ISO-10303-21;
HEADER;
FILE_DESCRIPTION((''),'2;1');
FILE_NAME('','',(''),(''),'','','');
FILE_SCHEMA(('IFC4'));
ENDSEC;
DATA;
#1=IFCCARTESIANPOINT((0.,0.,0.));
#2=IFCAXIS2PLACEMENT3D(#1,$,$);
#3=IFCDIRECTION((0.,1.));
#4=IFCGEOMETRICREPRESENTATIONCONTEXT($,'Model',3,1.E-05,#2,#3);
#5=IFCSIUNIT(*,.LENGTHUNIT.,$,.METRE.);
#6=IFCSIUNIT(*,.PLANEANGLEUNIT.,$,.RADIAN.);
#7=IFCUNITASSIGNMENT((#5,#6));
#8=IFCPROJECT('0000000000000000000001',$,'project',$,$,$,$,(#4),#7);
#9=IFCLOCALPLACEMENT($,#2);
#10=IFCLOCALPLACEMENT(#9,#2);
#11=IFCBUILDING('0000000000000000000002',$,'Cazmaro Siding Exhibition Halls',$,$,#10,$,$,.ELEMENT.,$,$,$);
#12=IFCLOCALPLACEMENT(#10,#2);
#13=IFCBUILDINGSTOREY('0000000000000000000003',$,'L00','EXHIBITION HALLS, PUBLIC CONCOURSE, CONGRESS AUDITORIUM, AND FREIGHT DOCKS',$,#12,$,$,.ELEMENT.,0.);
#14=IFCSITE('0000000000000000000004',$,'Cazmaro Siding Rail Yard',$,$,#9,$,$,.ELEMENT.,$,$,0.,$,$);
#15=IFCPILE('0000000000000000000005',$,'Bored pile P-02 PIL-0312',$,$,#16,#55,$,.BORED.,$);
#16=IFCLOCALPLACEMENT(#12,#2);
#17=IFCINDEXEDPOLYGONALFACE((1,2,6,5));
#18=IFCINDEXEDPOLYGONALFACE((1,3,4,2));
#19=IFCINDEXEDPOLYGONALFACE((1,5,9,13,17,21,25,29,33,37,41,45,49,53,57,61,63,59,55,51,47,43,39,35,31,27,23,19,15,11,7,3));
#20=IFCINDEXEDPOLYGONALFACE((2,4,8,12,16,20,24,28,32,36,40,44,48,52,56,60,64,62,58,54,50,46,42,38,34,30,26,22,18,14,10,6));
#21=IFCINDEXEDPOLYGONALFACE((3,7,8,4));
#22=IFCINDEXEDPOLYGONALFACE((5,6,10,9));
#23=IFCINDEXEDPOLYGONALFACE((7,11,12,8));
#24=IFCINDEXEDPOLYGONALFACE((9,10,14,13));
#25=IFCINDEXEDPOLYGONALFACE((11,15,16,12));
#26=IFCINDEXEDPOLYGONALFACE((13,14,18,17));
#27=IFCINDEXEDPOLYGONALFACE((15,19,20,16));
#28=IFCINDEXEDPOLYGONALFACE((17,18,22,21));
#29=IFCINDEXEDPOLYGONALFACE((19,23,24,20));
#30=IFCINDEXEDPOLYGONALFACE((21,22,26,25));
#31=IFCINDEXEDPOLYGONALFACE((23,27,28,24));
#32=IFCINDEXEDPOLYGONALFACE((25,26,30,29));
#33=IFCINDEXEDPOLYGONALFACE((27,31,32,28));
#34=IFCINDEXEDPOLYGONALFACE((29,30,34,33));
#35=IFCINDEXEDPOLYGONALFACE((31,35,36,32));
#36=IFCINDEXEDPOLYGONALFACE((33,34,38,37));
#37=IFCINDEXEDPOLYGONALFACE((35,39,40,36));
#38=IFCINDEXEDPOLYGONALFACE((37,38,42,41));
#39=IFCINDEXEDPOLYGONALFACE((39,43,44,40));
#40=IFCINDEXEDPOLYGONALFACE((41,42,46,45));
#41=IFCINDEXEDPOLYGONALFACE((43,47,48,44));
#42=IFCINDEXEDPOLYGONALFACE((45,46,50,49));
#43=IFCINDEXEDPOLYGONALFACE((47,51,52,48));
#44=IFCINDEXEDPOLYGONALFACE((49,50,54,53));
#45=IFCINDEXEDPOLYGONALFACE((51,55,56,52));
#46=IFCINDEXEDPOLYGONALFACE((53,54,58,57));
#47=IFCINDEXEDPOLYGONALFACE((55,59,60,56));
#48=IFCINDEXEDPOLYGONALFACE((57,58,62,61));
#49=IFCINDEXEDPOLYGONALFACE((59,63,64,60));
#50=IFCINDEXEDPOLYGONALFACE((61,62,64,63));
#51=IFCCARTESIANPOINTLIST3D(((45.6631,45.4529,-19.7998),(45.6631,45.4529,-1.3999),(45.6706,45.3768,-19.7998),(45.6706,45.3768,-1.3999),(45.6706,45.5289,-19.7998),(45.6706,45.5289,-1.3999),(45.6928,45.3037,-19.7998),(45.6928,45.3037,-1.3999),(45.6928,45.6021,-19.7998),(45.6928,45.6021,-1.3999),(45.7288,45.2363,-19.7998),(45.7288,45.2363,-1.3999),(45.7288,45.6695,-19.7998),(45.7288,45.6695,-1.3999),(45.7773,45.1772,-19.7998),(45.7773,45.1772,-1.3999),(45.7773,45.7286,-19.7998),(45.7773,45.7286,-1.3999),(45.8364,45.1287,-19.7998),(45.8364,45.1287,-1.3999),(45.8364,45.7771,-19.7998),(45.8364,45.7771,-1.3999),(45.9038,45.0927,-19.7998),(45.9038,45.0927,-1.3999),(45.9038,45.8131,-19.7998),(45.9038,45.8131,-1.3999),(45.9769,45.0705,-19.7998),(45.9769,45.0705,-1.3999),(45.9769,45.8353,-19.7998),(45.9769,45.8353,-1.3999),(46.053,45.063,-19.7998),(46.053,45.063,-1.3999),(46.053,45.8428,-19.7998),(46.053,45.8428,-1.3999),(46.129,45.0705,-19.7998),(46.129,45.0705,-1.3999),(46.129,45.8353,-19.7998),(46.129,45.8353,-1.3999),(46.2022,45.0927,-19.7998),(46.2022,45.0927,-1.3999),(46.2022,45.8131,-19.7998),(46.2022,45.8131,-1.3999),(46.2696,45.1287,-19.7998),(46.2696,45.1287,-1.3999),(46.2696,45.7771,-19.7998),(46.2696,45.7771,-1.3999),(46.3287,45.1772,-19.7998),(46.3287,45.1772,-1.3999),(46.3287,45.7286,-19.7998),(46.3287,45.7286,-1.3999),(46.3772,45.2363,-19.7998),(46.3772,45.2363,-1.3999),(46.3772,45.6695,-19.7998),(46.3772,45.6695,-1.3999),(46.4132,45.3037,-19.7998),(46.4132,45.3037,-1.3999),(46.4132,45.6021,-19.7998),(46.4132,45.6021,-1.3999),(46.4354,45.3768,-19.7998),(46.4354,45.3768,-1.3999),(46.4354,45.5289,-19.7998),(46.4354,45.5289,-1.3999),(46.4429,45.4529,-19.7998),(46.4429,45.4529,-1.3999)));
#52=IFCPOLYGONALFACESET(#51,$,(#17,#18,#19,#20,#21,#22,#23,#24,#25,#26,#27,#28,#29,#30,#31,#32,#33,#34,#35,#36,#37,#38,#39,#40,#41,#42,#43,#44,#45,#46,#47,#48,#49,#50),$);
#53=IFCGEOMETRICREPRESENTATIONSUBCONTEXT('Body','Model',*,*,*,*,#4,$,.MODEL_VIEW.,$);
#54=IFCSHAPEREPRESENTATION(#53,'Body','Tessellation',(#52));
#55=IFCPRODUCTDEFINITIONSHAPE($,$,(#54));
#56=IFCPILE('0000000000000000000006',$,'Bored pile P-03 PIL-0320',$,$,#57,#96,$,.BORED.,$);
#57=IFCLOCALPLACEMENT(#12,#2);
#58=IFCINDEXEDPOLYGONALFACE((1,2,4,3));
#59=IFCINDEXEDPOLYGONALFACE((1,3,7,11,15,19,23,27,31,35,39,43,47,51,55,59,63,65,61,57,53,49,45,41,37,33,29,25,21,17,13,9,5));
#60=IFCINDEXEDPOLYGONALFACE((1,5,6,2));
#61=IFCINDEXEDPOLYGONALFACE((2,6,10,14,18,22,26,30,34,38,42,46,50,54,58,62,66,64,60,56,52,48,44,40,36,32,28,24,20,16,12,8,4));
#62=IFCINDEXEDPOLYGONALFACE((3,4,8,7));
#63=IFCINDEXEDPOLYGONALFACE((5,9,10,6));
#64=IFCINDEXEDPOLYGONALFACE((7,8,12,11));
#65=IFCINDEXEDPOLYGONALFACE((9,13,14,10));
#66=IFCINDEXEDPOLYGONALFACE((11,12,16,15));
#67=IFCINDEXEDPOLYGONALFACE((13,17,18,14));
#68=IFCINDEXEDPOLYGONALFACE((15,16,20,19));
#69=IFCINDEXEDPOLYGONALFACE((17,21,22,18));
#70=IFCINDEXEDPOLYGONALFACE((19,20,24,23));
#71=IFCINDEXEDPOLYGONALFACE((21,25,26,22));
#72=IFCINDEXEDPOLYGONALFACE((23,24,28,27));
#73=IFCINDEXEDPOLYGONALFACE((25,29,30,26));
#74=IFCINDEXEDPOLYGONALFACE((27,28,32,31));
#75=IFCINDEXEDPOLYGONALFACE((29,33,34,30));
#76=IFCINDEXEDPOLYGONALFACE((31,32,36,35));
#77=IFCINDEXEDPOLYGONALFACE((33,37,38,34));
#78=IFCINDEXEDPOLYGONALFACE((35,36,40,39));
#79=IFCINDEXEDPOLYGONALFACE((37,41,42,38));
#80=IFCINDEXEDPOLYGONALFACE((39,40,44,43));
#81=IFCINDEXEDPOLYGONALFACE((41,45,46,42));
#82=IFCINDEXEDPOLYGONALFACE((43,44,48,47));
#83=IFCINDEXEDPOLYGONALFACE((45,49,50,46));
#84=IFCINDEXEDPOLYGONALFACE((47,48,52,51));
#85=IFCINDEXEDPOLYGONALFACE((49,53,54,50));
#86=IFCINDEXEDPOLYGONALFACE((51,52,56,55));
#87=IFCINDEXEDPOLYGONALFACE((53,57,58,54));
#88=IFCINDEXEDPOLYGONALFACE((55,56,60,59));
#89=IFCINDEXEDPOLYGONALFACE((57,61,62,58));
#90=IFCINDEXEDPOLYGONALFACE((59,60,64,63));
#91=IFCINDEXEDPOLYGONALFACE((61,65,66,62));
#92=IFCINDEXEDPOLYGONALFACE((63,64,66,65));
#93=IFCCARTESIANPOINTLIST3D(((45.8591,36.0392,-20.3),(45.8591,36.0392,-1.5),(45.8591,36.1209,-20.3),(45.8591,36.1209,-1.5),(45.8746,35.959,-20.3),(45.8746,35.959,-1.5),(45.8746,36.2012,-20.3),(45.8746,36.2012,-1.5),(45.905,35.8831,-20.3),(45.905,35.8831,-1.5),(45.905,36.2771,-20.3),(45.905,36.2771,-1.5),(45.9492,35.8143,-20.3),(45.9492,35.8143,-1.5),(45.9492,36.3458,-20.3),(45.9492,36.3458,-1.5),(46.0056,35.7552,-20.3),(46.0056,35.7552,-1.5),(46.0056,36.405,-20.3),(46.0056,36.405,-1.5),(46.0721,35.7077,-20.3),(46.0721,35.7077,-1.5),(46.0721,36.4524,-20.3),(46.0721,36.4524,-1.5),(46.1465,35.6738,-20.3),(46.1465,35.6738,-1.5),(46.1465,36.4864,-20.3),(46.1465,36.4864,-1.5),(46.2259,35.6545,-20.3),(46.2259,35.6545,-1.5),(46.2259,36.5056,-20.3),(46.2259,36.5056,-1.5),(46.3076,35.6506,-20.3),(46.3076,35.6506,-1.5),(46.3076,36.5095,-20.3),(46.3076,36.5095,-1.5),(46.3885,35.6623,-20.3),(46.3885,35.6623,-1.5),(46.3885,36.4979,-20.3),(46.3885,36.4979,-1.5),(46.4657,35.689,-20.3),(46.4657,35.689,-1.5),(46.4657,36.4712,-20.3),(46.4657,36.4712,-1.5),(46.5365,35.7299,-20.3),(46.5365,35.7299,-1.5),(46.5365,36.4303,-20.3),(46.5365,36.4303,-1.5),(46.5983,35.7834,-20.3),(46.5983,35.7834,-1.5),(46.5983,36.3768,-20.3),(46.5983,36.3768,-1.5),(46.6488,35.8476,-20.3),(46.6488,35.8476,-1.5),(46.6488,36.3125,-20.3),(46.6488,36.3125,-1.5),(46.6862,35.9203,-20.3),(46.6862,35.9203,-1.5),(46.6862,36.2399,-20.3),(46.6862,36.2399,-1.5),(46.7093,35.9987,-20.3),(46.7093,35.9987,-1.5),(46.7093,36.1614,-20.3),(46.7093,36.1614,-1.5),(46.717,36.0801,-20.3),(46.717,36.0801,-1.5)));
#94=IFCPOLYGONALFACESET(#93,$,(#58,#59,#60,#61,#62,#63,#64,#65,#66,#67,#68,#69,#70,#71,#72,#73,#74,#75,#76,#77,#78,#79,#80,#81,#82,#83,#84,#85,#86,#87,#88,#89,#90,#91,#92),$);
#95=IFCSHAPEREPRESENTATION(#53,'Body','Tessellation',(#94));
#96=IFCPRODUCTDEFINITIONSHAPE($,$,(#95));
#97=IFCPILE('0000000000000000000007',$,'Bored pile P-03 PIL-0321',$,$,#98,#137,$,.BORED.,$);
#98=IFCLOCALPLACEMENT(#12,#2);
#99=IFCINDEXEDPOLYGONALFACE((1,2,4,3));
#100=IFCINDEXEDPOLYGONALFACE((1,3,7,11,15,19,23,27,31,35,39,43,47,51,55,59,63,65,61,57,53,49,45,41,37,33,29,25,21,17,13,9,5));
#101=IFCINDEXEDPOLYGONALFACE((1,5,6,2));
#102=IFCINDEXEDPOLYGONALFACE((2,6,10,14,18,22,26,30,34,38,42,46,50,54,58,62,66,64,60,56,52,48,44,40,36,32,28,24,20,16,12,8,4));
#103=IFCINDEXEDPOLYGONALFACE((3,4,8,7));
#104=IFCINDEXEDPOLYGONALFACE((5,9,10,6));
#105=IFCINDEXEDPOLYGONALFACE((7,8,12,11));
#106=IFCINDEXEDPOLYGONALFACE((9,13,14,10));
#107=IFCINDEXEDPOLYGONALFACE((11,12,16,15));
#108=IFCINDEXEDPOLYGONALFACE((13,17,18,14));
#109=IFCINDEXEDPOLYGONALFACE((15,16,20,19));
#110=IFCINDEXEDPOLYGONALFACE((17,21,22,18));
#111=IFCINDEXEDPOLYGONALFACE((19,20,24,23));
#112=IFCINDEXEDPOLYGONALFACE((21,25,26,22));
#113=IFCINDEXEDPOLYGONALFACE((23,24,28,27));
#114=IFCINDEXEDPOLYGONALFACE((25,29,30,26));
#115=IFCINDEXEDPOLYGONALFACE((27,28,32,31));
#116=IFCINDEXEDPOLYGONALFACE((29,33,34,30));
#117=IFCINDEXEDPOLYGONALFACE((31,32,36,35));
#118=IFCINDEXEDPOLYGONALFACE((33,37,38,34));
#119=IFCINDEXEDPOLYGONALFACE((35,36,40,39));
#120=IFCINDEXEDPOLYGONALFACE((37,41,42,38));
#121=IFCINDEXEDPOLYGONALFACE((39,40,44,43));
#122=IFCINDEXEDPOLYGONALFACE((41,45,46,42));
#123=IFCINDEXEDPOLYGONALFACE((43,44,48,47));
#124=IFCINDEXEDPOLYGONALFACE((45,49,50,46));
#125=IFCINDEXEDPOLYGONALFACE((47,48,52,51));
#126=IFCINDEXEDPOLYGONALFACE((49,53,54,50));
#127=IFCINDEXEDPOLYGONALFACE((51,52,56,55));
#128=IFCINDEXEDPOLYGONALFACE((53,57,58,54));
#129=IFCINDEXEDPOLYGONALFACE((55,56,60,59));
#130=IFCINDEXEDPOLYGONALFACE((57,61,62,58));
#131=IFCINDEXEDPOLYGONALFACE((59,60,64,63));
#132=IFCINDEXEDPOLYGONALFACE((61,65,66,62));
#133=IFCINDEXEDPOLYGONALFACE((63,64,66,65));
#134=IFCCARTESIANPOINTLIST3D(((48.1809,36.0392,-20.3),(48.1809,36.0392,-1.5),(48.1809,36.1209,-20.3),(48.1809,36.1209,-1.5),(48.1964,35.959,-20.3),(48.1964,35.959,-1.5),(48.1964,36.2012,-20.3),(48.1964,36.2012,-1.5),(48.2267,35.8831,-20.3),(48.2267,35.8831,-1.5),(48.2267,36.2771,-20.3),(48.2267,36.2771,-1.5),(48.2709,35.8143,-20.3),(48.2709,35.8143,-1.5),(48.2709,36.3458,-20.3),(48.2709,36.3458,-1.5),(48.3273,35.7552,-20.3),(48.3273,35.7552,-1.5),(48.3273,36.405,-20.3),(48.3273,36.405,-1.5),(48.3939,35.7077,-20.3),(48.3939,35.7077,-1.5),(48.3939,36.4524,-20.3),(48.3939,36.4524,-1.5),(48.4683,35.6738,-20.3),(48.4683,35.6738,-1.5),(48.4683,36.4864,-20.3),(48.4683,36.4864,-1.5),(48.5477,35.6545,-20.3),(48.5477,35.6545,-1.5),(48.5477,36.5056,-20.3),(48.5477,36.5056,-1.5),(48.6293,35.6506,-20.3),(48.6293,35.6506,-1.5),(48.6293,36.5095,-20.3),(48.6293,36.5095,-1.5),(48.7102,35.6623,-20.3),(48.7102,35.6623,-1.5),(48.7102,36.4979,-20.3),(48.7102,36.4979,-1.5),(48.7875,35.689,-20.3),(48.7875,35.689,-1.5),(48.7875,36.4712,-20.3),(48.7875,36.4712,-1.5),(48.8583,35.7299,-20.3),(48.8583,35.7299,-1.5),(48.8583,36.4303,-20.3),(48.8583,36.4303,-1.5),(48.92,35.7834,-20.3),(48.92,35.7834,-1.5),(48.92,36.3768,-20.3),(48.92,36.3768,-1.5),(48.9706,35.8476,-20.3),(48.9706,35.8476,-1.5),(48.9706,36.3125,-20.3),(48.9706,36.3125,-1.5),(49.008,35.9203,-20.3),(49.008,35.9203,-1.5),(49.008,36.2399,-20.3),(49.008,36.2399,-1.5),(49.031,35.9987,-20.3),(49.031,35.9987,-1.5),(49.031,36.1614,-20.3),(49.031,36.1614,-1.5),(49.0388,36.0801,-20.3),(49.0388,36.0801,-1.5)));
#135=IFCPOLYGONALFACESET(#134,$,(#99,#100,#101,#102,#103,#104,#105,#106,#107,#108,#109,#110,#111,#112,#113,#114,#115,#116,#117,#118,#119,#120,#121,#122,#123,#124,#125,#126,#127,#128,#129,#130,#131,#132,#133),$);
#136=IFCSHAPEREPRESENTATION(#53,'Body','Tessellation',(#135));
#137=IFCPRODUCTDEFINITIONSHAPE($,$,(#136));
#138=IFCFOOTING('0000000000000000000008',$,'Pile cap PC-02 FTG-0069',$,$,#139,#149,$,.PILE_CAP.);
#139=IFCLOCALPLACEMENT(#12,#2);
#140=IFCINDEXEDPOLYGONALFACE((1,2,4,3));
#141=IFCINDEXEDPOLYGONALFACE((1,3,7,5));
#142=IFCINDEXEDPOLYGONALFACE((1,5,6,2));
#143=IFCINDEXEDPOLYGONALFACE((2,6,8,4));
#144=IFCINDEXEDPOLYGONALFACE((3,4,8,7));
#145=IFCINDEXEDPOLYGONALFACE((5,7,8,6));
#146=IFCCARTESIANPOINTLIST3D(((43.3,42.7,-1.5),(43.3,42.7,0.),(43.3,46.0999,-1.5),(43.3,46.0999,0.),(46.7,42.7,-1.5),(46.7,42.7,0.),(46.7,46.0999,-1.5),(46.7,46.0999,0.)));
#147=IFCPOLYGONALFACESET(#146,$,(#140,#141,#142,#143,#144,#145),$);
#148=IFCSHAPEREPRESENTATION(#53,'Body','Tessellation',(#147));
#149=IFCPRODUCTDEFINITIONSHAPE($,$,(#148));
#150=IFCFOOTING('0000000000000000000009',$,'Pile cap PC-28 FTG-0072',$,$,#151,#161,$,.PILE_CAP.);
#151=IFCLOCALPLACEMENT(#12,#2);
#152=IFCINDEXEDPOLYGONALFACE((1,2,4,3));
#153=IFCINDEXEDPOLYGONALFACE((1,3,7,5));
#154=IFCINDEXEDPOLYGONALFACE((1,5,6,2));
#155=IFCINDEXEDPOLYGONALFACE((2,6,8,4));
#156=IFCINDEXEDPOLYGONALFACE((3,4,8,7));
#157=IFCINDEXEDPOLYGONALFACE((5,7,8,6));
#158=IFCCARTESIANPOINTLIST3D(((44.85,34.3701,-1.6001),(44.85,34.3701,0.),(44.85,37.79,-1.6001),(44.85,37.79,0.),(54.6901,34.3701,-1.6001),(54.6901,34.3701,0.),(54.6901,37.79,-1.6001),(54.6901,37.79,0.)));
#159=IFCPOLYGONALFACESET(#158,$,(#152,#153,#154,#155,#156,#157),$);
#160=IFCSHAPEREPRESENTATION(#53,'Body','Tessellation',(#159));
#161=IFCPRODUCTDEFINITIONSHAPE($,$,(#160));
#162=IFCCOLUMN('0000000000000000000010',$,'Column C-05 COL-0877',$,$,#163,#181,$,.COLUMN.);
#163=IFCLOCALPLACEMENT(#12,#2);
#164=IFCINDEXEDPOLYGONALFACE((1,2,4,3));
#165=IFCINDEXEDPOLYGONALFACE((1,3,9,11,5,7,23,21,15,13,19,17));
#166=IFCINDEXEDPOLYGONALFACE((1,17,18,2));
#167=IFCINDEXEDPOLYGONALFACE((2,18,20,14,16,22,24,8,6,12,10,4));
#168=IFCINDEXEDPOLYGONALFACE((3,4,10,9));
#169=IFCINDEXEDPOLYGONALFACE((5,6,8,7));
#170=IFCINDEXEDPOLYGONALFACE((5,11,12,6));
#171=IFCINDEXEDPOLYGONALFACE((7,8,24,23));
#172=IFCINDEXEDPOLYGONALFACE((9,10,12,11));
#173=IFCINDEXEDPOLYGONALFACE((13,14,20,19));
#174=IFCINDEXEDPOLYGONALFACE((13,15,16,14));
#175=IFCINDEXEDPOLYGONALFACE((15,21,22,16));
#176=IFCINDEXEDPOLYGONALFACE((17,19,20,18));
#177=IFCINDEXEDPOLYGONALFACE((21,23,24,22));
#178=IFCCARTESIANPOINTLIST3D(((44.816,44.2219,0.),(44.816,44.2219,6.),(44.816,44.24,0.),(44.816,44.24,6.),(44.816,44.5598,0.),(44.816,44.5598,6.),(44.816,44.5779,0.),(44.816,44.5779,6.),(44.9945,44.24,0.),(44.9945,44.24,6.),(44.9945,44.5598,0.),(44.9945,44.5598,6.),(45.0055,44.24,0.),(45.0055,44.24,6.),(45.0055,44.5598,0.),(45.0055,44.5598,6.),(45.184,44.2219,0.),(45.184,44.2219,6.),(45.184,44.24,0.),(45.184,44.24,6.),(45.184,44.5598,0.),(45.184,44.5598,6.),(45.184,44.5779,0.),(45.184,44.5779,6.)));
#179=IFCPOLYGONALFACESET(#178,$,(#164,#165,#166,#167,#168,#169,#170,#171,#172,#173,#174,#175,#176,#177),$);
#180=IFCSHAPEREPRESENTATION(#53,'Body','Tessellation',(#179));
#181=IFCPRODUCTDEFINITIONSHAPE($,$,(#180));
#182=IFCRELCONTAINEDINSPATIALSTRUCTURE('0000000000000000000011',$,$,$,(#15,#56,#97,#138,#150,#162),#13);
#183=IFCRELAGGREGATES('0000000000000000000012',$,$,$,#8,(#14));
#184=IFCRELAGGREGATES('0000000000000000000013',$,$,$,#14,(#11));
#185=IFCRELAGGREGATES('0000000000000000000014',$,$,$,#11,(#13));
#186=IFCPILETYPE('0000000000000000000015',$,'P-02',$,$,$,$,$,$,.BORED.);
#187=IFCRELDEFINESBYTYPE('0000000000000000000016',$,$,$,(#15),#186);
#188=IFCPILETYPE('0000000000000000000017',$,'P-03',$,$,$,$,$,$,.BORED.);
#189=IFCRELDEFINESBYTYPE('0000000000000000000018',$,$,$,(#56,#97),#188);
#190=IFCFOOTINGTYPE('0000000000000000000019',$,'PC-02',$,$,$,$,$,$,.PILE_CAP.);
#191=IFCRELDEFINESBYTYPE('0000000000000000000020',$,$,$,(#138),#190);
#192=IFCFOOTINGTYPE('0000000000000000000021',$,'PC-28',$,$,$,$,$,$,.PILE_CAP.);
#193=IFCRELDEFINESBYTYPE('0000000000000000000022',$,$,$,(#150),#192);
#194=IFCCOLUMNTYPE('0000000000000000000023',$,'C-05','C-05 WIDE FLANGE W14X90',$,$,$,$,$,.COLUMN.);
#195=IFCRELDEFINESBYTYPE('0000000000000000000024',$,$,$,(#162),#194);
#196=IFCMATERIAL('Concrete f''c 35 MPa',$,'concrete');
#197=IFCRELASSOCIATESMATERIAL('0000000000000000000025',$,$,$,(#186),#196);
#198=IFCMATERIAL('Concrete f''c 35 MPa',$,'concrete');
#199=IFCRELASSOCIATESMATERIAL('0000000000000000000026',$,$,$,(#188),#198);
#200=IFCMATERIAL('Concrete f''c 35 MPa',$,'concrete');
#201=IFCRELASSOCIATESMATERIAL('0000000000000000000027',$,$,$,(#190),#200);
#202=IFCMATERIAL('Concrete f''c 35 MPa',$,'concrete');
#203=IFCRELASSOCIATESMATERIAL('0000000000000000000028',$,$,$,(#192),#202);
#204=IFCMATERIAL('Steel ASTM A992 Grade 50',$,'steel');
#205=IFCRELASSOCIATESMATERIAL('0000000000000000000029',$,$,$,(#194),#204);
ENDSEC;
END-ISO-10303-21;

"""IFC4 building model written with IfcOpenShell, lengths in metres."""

from ifc_helpers import new_model, si_unit, direction, frame, origin, origin_2d, place, context, subcontext, project, spatial, rectangle, circle, i_section, extrude, material, material_profile, profile_set, type_object, element, save


model = new_model("IFC4")

# Units and contexts
model_context = context("Model", 3, precision=1e-05, world=origin(), true_north=direction((0.0, 1.0)))
body_context = subcontext(model_context, "Body", "Model", "MODEL_VIEW")
ifc_project = project(units=[si_unit("LENGTHUNIT", "METRE"), si_unit("PLANEANGLEUNIT", "RADIAN")], contexts=[model_context])

# Site, building, storey
site_placement = place(None, origin())
site = spatial("IfcSite", under=ifc_project, at=site_placement, Name="Cazmaro Siding Rail Yard", CompositionType="ELEMENT", RefElevation=0.0)
building_placement = place(site_placement, origin())
building = spatial("IfcBuilding", under=site, at=building_placement, Name="Cazmaro Siding Exhibition Halls", CompositionType="ELEMENT")
storey_placement = place(building_placement, origin())
storey = spatial("IfcBuildingStorey", under=building, at=storey_placement, Name="L00", Description="EXHIBITION HALLS, PUBLIC CONCOURSE, CONGRESS AUDITORIUM, AND FREIGHT DOCKS", CompositionType="ELEMENT", Elevation=0.0)

# Piles
ifc_material_1 = material(Name="Concrete f'c 35 MPa", Category="concrete")
ifc_material_profile_1 = material_profile(ifc_material_1, circle(Radius=0.3899, at=origin_2d()), Name="CIDH-780")
ifc_profile_set_1 = profile_set([ifc_material_profile_1], Name="Concrete f'c 35 MPa")
pile_type_1 = type_object("IfcPileType", Name="P-02", PredefinedType="BORED", material=ifc_profile_set_1)
for number, where, z_axis, x_axis, name in (
    (1, (46.053, 45.4529, -1.3999), (0.0, 0.0, -1.0), (1.0, 0.0, 0.0), "Bored pile P-02 PIL-0312"),
):
    element("IfcPile", number, at=place(storey_placement, frame(where, z_axis=z_axis, x_axis=x_axis)), inside=storey, type_object=pile_type_1, Name=name, PredefinedType="BORED", context=body_context, shape_type="SweptSolid", body=[
        extrude(circle(Radius=0.3899, at=origin_2d()), origin(), (0.0, 0.0, 1.0), 18.3999),
    ])
ifc_material_2 = material(Name="Concrete f'c 35 MPa", Category="concrete")
ifc_material_profile_2 = material_profile(ifc_material_2, circle(Radius=0.4299, at=origin_2d()), Name="CIDH-860")
ifc_profile_set_2 = profile_set([ifc_material_profile_2], Name="Concrete f'c 35 MPa")
pile_type_2 = type_object("IfcPileType", Name="P-03", PredefinedType="BORED", material=ifc_profile_set_2)
for number, where, z_axis, x_axis, name in (
    (2, (46.2871, 36.0801, -1.5), (0.0, 0.0, -1.0), (1.0, 0.0, 0.0), "Bored pile P-03 PIL-0320"),
    (3, (48.6089, 36.0801, -1.5), (0.0, 0.0, -1.0), (1.0, 0.0, 0.0), "Bored pile P-03 PIL-0321"),
):
    element("IfcPile", number, at=place(storey_placement, frame(where, z_axis=z_axis, x_axis=x_axis)), inside=storey, type_object=pile_type_2, Name=name, PredefinedType="BORED", context=body_context, shape_type="SweptSolid", body=[
        extrude(circle(Radius=0.4299, at=origin_2d()), origin(), (0.0, 0.0, 1.0), 18.8),
    ])

# Footings
ifc_material_3 = material(Name="Concrete f'c 35 MPa", Category="concrete")
footing_type_1 = type_object("IfcFootingType", Name="PC-02", PredefinedType="PILE_CAP", material=ifc_material_3)
footing_1_placement = place(storey_placement, frame((45.0, 44.3999, -1.5), z_axis=(0.0, 0.0, 1.0), x_axis=(1.0, 0.0, 0.0)))
element("IfcFooting", 4, at=footing_1_placement, inside=storey, type_object=footing_type_1, Name="Pile cap PC-02 FTG-0069", PredefinedType="PILE_CAP", context=body_context, shape_type="SweptSolid", body=[
    extrude(rectangle(XDim=3.3999, YDim=3.3999, at=origin_2d()), origin(), (0.0, 0.0, 1.0), 1.5),
])
ifc_material_4 = material(Name="Concrete f'c 35 MPa", Category="concrete")
footing_type_2 = type_object("IfcFootingType", Name="PC-28", PredefinedType="PILE_CAP", material=ifc_material_4)
footing_2_placement = place(storey_placement, frame((49.77, 36.0801, -1.6001), z_axis=(0.0, 0.0, 1.0), x_axis=(1.0, 0.0, 0.0)))
element("IfcFooting", 5, at=footing_2_placement, inside=storey, type_object=footing_type_2, Name="Pile cap PC-28 FTG-0072", PredefinedType="PILE_CAP", context=body_context, shape_type="SweptSolid", body=[
    extrude(rectangle(XDim=9.8401, YDim=3.4199, at=origin_2d()), origin(), (0.0, 0.0, 1.0), 1.6001),
])

# Column
ifc_material_5 = material(Name="Steel ASTM A992 Grade 50", Category="steel")
ifc_material_profile_3 = material_profile(ifc_material_5, i_section(OverallWidth=0.3679, OverallDepth=0.356, WebThickness=0.011, FlangeThickness=0.0181, at=origin_2d()), Name="W14X90")
ifc_profile_set_3 = profile_set([ifc_material_profile_3], Name="Steel ASTM A992 Grade 50")
column_type_1 = type_object("IfcColumnType", Name="C-05", Description="C-05 WIDE FLANGE W14X90", PredefinedType="COLUMN", material=ifc_profile_set_3)
column_placement = place(storey_placement, frame((45.0, 44.3999, 0.0), z_axis=(0.0, 0.0, 1.0), x_axis=(1.0, 0.0, 0.0)))
element("IfcColumn", 6, at=column_placement, inside=storey, type_object=column_type_1, Name="Column C-05 COL-0877", PredefinedType="COLUMN", context=body_context, shape_type="SweptSolid", body=[
    extrude(i_section(OverallWidth=0.3679, OverallDepth=0.356, WebThickness=0.011, FlangeThickness=0.0181, at=origin_2d()), origin(), (0.0, 0.0, 1.0), 6.0),
])

save(model, "model.ifc")
